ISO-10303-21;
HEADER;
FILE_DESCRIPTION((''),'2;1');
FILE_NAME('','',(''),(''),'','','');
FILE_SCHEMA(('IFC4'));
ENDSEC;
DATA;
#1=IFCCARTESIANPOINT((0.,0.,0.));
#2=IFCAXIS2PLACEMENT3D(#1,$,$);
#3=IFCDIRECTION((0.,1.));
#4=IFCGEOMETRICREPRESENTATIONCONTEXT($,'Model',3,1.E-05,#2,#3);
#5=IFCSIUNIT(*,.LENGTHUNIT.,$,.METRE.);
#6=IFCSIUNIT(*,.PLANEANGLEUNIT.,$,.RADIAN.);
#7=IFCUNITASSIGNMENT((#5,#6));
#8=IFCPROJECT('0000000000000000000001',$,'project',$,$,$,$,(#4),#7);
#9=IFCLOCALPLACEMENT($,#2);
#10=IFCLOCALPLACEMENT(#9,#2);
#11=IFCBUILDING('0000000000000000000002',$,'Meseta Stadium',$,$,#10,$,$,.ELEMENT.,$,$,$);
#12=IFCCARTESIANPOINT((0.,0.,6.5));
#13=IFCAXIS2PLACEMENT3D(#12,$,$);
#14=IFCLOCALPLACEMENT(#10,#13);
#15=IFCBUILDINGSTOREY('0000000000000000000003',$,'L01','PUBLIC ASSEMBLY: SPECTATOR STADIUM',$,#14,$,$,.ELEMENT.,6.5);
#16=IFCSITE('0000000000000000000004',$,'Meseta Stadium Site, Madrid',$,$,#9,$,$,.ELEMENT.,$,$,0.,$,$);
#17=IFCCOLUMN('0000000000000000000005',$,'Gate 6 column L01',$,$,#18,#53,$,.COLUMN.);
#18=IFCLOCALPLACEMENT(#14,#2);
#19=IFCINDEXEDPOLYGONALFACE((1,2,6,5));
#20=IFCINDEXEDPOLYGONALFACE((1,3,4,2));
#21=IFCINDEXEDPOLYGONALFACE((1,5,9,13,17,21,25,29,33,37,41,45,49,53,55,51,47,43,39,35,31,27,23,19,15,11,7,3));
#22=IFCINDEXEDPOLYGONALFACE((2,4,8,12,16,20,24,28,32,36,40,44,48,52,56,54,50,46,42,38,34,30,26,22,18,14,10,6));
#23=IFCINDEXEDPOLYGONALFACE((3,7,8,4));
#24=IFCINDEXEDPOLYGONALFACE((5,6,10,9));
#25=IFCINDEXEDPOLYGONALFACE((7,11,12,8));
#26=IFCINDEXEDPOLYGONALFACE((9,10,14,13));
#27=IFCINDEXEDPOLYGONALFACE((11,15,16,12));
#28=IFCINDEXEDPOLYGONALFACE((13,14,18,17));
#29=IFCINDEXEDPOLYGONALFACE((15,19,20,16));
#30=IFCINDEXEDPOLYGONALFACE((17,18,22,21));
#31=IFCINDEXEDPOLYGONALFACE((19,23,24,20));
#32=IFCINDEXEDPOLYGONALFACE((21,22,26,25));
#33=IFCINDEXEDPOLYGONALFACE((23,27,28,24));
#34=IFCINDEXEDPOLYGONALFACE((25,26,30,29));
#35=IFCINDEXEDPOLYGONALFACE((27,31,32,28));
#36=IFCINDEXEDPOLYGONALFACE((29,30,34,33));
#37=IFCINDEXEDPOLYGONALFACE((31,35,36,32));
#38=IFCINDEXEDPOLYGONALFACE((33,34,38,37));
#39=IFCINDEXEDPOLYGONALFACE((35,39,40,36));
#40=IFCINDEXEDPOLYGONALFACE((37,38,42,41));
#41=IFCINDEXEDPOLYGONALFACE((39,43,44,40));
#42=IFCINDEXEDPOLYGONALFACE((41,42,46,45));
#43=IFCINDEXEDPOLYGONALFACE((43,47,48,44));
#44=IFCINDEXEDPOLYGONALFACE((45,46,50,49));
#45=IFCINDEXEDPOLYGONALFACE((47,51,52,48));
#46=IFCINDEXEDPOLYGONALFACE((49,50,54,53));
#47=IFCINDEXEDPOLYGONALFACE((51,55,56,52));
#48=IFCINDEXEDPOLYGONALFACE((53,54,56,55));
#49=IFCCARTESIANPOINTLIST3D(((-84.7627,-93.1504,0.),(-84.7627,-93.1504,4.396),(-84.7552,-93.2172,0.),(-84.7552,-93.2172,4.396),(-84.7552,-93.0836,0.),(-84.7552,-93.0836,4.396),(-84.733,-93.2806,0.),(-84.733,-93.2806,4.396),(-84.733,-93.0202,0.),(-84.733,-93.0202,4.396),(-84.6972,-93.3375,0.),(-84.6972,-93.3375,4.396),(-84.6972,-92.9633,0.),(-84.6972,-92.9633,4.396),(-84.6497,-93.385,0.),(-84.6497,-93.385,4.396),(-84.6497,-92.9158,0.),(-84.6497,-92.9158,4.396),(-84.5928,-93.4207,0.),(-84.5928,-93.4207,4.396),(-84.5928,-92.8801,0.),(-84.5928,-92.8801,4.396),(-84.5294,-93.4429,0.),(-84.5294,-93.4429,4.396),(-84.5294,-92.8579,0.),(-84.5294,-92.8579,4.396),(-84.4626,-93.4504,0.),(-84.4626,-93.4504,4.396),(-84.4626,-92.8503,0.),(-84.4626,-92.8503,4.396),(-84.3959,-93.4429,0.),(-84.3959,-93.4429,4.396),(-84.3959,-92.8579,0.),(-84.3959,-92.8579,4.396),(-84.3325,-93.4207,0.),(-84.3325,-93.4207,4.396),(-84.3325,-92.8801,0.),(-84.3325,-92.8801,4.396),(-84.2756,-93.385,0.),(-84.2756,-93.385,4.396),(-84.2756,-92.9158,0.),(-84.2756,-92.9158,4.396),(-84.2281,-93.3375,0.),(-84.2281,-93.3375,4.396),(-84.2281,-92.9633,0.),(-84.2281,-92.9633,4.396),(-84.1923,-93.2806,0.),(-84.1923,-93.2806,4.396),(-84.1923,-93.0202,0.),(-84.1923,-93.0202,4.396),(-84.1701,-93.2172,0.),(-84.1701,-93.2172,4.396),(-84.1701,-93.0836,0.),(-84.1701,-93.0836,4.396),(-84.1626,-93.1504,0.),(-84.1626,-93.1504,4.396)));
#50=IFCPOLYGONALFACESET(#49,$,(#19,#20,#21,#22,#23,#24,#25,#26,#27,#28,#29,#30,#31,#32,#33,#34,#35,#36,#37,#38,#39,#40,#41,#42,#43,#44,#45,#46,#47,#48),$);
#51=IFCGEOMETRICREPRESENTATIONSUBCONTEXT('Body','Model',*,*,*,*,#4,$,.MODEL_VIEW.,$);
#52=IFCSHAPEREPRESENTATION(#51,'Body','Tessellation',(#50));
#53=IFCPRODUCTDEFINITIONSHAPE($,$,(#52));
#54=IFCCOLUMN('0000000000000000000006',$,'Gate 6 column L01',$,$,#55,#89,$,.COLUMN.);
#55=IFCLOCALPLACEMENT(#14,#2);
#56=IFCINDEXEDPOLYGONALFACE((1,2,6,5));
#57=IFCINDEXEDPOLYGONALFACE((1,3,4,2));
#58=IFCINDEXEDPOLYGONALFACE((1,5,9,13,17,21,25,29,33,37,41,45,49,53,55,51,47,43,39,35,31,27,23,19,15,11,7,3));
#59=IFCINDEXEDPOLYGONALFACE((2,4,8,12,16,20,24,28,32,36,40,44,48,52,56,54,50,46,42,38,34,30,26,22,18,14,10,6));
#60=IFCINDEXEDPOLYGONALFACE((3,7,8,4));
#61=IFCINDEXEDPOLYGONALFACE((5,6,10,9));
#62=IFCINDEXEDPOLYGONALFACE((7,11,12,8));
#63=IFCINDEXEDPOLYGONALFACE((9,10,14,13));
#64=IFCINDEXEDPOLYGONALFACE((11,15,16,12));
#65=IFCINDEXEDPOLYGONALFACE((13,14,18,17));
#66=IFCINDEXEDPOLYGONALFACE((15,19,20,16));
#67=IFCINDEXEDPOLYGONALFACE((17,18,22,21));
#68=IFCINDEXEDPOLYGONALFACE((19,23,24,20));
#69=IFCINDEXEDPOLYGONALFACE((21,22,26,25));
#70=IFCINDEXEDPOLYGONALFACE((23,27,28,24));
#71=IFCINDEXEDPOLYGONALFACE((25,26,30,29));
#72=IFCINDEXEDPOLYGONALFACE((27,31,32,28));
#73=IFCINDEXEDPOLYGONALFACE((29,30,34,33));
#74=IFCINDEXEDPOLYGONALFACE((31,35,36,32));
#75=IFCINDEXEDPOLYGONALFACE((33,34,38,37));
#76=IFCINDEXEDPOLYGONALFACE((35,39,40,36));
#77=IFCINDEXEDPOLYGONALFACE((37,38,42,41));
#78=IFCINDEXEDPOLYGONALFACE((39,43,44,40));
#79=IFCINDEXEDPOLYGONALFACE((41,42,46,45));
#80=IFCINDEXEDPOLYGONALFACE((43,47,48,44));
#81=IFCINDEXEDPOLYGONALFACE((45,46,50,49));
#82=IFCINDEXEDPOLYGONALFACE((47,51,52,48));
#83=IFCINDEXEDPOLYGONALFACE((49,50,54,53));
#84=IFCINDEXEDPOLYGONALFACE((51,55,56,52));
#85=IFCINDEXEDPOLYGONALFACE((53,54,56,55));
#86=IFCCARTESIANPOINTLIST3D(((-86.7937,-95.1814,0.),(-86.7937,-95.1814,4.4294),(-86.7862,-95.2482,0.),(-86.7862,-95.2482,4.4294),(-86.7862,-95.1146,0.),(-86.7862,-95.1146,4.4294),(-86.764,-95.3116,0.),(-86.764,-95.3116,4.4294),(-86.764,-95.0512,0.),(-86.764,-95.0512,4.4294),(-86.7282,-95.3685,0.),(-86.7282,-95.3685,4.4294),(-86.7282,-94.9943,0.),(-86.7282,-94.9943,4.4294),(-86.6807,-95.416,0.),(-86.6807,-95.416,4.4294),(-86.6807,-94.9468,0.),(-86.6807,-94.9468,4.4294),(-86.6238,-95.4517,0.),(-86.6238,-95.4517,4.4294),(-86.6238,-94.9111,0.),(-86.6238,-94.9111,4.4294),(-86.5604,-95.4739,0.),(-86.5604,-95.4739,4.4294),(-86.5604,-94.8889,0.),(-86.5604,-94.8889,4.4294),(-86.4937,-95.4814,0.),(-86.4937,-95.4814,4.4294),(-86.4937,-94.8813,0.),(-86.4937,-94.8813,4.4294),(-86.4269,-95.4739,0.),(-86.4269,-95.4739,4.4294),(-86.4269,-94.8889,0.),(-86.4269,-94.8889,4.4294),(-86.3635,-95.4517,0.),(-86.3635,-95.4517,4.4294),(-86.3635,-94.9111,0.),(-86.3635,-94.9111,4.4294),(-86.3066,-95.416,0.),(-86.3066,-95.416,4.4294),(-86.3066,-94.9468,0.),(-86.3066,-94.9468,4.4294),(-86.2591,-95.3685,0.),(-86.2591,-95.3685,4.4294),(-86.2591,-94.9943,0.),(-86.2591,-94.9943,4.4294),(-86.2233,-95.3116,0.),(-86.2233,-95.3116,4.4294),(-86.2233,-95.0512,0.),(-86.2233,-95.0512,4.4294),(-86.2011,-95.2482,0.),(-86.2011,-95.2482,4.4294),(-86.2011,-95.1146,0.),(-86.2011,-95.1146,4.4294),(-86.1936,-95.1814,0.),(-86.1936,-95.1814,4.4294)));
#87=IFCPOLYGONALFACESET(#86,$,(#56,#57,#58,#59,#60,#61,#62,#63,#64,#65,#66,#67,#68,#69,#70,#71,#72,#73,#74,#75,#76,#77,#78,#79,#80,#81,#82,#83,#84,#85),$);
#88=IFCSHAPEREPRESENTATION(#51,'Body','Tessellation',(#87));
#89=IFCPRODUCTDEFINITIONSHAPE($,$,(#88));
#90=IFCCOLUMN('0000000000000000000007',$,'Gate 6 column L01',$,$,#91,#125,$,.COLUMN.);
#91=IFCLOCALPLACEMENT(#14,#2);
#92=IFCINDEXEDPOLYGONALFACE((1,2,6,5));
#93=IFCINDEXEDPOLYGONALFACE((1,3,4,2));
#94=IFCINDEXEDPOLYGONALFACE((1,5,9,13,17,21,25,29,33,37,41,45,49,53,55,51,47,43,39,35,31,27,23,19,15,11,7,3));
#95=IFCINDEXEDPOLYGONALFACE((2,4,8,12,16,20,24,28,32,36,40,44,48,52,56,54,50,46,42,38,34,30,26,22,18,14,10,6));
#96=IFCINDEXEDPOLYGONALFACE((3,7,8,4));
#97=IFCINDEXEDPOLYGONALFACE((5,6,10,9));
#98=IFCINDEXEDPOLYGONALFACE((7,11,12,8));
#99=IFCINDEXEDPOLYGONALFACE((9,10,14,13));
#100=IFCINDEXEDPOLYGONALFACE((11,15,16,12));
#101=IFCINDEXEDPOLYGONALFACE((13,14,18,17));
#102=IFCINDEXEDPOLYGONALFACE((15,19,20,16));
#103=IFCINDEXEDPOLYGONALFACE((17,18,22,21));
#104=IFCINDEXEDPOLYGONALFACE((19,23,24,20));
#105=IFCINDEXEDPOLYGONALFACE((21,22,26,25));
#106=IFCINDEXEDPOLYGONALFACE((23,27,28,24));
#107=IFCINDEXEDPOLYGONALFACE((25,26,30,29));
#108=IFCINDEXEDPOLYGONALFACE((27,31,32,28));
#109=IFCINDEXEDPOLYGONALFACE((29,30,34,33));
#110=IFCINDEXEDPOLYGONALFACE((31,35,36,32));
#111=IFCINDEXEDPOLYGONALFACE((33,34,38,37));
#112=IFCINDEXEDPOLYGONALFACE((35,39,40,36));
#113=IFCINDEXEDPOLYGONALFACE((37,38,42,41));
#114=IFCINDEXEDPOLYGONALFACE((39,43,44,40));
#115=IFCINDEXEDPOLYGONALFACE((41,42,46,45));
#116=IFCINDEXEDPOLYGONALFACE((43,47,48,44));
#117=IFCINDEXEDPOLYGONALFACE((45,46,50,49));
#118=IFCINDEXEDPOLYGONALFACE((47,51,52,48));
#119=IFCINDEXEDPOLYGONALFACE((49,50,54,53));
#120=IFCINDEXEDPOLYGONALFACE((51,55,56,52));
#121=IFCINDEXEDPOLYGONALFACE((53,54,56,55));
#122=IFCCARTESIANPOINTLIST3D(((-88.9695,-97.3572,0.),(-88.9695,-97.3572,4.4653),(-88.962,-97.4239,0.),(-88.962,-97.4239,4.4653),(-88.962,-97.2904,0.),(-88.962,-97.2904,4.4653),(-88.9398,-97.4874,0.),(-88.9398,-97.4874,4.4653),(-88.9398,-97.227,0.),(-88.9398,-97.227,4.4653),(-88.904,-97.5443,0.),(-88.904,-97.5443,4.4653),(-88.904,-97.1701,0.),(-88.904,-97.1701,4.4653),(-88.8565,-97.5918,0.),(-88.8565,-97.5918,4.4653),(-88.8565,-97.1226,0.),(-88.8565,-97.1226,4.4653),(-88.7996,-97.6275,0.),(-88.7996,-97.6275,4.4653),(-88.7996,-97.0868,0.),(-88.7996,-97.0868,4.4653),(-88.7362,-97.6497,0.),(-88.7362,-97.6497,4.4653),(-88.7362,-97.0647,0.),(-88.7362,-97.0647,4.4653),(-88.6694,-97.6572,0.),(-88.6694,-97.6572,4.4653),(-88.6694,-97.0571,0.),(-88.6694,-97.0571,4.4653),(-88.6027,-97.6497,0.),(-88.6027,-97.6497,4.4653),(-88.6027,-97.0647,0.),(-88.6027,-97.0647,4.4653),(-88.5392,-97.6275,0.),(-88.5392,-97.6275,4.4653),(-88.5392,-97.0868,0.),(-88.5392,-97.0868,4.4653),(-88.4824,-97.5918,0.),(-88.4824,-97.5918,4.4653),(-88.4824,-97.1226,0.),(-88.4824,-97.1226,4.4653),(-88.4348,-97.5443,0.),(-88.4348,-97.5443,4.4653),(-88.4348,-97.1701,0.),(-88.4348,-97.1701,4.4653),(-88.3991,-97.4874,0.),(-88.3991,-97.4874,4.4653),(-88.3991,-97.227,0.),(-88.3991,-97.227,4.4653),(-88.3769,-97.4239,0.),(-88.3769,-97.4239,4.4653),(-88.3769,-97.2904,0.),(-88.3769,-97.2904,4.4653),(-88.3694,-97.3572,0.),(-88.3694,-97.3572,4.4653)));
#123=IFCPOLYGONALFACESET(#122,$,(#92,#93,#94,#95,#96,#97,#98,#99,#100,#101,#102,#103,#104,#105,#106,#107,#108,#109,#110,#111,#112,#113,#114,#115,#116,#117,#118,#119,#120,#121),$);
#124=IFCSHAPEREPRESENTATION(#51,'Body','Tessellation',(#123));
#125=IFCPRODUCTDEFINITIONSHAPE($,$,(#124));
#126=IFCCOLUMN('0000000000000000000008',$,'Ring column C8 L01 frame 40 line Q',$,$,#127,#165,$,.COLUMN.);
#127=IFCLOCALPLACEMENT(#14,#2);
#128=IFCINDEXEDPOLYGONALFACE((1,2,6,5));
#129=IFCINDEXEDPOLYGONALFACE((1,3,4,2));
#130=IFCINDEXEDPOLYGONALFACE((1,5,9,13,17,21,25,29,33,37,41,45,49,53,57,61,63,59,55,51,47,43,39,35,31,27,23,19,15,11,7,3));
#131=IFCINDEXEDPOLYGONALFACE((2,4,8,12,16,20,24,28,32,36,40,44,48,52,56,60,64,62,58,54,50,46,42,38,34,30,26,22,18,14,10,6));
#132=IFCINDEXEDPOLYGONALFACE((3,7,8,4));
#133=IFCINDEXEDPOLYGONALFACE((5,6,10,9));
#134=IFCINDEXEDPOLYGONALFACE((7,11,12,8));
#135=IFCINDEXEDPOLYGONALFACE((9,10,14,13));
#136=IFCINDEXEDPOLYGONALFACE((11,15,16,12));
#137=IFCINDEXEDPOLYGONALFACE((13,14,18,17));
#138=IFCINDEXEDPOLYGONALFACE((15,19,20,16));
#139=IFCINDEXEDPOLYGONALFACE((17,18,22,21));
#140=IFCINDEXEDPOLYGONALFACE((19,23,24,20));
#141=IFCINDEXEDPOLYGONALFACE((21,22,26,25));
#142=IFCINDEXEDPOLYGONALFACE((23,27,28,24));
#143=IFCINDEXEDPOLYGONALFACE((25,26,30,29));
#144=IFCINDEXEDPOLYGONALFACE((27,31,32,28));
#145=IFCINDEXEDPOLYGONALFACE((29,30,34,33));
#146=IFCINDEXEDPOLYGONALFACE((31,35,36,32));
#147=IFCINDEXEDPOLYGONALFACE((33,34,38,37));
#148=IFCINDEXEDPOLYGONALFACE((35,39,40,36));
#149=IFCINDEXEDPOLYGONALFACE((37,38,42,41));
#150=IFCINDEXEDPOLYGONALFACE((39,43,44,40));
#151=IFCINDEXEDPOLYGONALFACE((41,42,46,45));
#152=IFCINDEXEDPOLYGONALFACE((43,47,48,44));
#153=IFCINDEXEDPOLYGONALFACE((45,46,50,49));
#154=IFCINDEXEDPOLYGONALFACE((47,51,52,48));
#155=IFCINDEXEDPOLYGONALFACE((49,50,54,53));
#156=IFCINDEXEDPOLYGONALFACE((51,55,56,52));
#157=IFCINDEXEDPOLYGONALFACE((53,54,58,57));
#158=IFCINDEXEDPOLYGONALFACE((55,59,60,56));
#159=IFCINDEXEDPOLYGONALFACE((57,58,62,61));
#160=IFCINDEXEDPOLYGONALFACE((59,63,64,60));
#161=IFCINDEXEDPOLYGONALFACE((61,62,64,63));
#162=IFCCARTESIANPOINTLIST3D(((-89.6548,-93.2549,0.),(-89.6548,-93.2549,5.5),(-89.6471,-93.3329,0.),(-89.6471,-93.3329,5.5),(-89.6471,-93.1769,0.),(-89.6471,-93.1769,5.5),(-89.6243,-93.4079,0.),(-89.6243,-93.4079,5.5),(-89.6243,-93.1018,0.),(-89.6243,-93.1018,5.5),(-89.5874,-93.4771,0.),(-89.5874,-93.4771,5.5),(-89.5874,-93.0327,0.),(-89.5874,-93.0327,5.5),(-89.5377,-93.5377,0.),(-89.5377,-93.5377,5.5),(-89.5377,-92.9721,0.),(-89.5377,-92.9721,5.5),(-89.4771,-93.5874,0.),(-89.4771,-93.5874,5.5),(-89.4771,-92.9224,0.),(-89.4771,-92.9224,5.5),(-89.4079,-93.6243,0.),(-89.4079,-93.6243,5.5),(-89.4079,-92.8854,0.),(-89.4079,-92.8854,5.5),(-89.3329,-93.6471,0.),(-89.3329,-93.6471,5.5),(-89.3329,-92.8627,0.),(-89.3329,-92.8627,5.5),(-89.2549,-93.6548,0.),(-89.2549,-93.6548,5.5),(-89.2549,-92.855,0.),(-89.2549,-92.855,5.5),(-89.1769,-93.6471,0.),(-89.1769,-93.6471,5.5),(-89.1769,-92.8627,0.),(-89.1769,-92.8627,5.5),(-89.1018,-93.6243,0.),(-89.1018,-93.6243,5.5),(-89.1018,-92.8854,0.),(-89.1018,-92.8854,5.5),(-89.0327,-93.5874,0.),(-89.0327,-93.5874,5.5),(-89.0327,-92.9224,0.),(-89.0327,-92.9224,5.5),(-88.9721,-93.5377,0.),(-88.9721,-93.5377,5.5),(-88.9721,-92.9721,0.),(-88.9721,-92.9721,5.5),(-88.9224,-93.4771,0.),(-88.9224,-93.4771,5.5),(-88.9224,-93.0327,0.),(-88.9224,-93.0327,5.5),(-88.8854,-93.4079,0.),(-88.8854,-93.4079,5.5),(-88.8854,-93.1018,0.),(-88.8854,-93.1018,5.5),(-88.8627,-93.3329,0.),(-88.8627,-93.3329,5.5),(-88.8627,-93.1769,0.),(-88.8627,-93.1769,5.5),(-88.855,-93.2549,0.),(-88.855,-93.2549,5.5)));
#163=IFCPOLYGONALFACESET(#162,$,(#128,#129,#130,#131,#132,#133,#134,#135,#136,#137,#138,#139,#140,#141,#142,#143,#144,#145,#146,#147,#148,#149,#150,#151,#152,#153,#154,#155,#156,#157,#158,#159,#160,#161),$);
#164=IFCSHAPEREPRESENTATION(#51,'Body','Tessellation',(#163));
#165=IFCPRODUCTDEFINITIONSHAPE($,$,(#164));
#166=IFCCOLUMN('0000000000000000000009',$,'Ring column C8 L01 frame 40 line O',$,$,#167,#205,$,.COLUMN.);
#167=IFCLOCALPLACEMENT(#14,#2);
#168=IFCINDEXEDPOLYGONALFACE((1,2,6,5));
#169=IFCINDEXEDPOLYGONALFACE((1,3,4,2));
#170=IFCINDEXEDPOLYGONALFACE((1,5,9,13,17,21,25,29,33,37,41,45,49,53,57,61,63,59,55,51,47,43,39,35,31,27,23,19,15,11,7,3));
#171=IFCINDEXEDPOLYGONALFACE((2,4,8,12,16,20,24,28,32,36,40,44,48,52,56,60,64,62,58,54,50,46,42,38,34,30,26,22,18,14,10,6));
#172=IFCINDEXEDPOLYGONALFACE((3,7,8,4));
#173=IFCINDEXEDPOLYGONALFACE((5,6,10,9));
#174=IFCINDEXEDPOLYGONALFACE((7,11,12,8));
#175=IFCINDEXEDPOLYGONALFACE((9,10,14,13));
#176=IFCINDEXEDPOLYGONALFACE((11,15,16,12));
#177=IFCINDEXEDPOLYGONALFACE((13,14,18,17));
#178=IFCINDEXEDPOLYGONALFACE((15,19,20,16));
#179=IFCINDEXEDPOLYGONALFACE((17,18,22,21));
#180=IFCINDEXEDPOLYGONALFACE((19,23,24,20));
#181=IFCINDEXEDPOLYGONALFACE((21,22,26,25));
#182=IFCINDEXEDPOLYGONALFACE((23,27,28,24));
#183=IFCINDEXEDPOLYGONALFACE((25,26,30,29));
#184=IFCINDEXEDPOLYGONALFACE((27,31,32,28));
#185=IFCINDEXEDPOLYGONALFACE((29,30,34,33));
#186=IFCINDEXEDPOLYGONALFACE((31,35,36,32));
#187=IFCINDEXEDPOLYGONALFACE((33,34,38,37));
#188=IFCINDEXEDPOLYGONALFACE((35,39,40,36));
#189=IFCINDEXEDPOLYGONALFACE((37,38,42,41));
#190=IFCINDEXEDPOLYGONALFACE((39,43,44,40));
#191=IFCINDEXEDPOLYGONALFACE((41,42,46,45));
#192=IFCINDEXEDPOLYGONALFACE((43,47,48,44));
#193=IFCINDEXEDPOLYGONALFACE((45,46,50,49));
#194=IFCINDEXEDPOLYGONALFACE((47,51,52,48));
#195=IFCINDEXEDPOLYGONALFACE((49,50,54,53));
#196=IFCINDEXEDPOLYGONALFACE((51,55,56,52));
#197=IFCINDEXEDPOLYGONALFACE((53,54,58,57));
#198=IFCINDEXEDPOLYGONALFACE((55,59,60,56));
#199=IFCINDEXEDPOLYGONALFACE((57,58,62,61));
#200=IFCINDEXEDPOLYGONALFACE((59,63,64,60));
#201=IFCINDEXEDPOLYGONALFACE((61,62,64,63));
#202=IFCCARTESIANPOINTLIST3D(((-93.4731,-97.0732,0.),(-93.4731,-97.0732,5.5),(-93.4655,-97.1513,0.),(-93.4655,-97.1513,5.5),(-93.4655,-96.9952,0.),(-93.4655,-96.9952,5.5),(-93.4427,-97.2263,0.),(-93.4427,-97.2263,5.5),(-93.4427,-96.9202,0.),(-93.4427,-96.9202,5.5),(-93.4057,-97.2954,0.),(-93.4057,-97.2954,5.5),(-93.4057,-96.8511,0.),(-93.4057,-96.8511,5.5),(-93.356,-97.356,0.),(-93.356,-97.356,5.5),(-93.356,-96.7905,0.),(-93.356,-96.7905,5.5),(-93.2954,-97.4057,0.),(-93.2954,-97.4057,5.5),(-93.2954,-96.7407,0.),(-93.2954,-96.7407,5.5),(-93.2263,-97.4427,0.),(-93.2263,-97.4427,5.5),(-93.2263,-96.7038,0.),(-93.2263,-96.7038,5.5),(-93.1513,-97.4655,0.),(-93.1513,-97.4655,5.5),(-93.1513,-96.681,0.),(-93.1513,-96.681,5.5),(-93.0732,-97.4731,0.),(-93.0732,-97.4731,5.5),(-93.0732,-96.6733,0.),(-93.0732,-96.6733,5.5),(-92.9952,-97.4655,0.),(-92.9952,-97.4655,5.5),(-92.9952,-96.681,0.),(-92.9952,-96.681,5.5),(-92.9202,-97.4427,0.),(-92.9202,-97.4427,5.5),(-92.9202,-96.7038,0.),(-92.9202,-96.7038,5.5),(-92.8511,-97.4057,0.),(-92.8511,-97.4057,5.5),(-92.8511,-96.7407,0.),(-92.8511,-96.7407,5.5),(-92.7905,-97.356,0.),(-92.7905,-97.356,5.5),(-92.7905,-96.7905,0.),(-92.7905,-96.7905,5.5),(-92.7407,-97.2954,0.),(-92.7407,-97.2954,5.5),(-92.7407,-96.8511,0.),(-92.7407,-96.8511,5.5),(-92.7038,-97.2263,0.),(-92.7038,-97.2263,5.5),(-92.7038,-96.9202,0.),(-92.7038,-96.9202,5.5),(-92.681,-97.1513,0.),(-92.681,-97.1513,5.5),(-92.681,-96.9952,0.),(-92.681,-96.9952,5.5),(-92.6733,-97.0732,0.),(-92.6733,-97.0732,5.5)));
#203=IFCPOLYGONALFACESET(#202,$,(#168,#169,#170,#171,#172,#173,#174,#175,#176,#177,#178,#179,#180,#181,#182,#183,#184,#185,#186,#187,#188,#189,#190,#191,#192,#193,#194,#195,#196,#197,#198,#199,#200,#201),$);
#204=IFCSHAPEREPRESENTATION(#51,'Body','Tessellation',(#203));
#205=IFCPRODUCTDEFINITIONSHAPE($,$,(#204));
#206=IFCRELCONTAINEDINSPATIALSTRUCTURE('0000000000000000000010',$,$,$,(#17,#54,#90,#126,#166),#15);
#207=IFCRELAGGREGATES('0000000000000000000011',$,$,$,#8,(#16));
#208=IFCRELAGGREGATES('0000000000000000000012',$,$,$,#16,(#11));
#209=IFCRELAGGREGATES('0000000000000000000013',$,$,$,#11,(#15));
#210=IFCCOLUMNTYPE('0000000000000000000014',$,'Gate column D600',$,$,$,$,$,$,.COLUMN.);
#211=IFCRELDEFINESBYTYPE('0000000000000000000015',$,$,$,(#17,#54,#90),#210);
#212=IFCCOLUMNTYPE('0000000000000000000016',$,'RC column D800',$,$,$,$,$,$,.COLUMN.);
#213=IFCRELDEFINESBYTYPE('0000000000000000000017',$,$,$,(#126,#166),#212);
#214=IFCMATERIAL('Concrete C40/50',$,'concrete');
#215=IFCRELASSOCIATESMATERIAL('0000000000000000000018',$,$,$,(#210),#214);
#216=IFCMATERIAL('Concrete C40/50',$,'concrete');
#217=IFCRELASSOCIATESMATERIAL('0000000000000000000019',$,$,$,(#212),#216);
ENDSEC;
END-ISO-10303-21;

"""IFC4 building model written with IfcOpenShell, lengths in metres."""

from ifc_helpers import new_model, si_unit, direction, frame, origin, origin_2d, place, context, subcontext, project, spatial, circle, extrude, material, material_profile, profile_set, type_object, element, save


model = new_model("IFC4")

# Units and contexts
model_context = context("Model", 3, precision=1e-05, world=origin(), true_north=direction((0.0, 1.0)))
body_context = subcontext(model_context, "Body", "Model", "MODEL_VIEW")
ifc_project = project(units=[si_unit("LENGTHUNIT", "METRE"), si_unit("PLANEANGLEUNIT", "RADIAN")], contexts=[model_context])

# Site, building, storey
site_placement = place(None, origin())
site = spatial("IfcSite", under=ifc_project, at=site_placement, Name="Meseta Stadium Site, Madrid", CompositionType="ELEMENT", RefElevation=0.0)
building_placement = place(site_placement, origin())
building = spatial("IfcBuilding", under=site, at=building_placement, Name="Meseta Stadium", CompositionType="ELEMENT")
storey_placement = place(building_placement, frame((0.0, 0.0, 6.5)))
storey = spatial("IfcBuildingStorey", under=building, at=storey_placement, Name="L01", Description="PUBLIC ASSEMBLY: SPECTATOR STADIUM", CompositionType="ELEMENT", Elevation=6.5)

# Columns
ifc_material_1 = material(Name="Concrete C40/50", Category="concrete")
ifc_material_profile_1 = material_profile(ifc_material_1, circle(Radius=0.3, at=origin_2d()), Name="RC D600")
ifc_profile_set_1 = profile_set([ifc_material_profile_1], Name="Concrete C40/50")
column_type_1 = type_object("IfcColumnType", Name="Gate column D600", PredefinedType="COLUMN", material=ifc_profile_set_1)
column_1_placement = place(storey_placement, frame((-84.4626, -93.1504, 0.0), z_axis=(0.0, 0.0, 1.0), x_axis=(1.0, 0.0, 0.0)))
element("IfcColumn", 1, at=column_1_placement, inside=storey, type_object=column_type_1, Name="Gate 6 column L01", PredefinedType="COLUMN", context=body_context, shape_type="SweptSolid", body=[
    extrude(circle(Radius=0.3, at=origin_2d()), origin(), (0.0, 0.0, 1.0), 4.396),
])
column_2_placement = place(storey_placement, frame((-86.4937, -95.1814, 0.0), z_axis=(0.0, 0.0, 1.0), x_axis=(1.0, 0.0, 0.0)))
element("IfcColumn", 2, at=column_2_placement, inside=storey, type_object=column_type_1, Name="Gate 6 column L01", PredefinedType="COLUMN", context=body_context, shape_type="SweptSolid", body=[
    extrude(circle(Radius=0.3, at=origin_2d()), origin(), (0.0, 0.0, 1.0), 4.4294),
])
column_3_placement = place(storey_placement, frame((-88.6694, -97.3572, 0.0), z_axis=(0.0, 0.0, 1.0), x_axis=(1.0, 0.0, 0.0)))
element("IfcColumn", 3, at=column_3_placement, inside=storey, type_object=column_type_1, Name="Gate 6 column L01", PredefinedType="COLUMN", context=body_context, shape_type="SweptSolid", body=[
    extrude(circle(Radius=0.3, at=origin_2d()), origin(), (0.0, 0.0, 1.0), 4.4653),
])
ifc_material_2 = material(Name="Concrete C40/50", Category="concrete")
ifc_material_profile_2 = material_profile(ifc_material_2, circle(Radius=0.3999, at=origin_2d()), Name="RC D800")
ifc_profile_set_2 = profile_set([ifc_material_profile_2], Name="Concrete C40/50")
column_type_2 = type_object("IfcColumnType", Name="RC column D800", PredefinedType="COLUMN", material=ifc_profile_set_2)
for number, where, z_axis, x_axis, name in (
    (4, (-89.2549, -93.2549, 0.0), (0.0, 0.0, 1.0), (1.0, 0.0, 0.0), "Ring column C8 L01 frame 40 line Q"),
    (5, (-93.0732, -97.0732, 0.0), (0.0, 0.0, 1.0), (1.0, 0.0, 0.0), "Ring column C8 L01 frame 40 line O"),
):
    element("IfcColumn", number, at=place(storey_placement, frame(where, z_axis=z_axis, x_axis=x_axis)), inside=storey, type_object=column_type_2, Name=name, PredefinedType="COLUMN", context=body_context, shape_type="SweptSolid", body=[
        extrude(circle(Radius=0.3999, at=origin_2d()), origin(), (0.0, 0.0, 1.0), 5.5),
    ])

save(model, "model.ifc")
